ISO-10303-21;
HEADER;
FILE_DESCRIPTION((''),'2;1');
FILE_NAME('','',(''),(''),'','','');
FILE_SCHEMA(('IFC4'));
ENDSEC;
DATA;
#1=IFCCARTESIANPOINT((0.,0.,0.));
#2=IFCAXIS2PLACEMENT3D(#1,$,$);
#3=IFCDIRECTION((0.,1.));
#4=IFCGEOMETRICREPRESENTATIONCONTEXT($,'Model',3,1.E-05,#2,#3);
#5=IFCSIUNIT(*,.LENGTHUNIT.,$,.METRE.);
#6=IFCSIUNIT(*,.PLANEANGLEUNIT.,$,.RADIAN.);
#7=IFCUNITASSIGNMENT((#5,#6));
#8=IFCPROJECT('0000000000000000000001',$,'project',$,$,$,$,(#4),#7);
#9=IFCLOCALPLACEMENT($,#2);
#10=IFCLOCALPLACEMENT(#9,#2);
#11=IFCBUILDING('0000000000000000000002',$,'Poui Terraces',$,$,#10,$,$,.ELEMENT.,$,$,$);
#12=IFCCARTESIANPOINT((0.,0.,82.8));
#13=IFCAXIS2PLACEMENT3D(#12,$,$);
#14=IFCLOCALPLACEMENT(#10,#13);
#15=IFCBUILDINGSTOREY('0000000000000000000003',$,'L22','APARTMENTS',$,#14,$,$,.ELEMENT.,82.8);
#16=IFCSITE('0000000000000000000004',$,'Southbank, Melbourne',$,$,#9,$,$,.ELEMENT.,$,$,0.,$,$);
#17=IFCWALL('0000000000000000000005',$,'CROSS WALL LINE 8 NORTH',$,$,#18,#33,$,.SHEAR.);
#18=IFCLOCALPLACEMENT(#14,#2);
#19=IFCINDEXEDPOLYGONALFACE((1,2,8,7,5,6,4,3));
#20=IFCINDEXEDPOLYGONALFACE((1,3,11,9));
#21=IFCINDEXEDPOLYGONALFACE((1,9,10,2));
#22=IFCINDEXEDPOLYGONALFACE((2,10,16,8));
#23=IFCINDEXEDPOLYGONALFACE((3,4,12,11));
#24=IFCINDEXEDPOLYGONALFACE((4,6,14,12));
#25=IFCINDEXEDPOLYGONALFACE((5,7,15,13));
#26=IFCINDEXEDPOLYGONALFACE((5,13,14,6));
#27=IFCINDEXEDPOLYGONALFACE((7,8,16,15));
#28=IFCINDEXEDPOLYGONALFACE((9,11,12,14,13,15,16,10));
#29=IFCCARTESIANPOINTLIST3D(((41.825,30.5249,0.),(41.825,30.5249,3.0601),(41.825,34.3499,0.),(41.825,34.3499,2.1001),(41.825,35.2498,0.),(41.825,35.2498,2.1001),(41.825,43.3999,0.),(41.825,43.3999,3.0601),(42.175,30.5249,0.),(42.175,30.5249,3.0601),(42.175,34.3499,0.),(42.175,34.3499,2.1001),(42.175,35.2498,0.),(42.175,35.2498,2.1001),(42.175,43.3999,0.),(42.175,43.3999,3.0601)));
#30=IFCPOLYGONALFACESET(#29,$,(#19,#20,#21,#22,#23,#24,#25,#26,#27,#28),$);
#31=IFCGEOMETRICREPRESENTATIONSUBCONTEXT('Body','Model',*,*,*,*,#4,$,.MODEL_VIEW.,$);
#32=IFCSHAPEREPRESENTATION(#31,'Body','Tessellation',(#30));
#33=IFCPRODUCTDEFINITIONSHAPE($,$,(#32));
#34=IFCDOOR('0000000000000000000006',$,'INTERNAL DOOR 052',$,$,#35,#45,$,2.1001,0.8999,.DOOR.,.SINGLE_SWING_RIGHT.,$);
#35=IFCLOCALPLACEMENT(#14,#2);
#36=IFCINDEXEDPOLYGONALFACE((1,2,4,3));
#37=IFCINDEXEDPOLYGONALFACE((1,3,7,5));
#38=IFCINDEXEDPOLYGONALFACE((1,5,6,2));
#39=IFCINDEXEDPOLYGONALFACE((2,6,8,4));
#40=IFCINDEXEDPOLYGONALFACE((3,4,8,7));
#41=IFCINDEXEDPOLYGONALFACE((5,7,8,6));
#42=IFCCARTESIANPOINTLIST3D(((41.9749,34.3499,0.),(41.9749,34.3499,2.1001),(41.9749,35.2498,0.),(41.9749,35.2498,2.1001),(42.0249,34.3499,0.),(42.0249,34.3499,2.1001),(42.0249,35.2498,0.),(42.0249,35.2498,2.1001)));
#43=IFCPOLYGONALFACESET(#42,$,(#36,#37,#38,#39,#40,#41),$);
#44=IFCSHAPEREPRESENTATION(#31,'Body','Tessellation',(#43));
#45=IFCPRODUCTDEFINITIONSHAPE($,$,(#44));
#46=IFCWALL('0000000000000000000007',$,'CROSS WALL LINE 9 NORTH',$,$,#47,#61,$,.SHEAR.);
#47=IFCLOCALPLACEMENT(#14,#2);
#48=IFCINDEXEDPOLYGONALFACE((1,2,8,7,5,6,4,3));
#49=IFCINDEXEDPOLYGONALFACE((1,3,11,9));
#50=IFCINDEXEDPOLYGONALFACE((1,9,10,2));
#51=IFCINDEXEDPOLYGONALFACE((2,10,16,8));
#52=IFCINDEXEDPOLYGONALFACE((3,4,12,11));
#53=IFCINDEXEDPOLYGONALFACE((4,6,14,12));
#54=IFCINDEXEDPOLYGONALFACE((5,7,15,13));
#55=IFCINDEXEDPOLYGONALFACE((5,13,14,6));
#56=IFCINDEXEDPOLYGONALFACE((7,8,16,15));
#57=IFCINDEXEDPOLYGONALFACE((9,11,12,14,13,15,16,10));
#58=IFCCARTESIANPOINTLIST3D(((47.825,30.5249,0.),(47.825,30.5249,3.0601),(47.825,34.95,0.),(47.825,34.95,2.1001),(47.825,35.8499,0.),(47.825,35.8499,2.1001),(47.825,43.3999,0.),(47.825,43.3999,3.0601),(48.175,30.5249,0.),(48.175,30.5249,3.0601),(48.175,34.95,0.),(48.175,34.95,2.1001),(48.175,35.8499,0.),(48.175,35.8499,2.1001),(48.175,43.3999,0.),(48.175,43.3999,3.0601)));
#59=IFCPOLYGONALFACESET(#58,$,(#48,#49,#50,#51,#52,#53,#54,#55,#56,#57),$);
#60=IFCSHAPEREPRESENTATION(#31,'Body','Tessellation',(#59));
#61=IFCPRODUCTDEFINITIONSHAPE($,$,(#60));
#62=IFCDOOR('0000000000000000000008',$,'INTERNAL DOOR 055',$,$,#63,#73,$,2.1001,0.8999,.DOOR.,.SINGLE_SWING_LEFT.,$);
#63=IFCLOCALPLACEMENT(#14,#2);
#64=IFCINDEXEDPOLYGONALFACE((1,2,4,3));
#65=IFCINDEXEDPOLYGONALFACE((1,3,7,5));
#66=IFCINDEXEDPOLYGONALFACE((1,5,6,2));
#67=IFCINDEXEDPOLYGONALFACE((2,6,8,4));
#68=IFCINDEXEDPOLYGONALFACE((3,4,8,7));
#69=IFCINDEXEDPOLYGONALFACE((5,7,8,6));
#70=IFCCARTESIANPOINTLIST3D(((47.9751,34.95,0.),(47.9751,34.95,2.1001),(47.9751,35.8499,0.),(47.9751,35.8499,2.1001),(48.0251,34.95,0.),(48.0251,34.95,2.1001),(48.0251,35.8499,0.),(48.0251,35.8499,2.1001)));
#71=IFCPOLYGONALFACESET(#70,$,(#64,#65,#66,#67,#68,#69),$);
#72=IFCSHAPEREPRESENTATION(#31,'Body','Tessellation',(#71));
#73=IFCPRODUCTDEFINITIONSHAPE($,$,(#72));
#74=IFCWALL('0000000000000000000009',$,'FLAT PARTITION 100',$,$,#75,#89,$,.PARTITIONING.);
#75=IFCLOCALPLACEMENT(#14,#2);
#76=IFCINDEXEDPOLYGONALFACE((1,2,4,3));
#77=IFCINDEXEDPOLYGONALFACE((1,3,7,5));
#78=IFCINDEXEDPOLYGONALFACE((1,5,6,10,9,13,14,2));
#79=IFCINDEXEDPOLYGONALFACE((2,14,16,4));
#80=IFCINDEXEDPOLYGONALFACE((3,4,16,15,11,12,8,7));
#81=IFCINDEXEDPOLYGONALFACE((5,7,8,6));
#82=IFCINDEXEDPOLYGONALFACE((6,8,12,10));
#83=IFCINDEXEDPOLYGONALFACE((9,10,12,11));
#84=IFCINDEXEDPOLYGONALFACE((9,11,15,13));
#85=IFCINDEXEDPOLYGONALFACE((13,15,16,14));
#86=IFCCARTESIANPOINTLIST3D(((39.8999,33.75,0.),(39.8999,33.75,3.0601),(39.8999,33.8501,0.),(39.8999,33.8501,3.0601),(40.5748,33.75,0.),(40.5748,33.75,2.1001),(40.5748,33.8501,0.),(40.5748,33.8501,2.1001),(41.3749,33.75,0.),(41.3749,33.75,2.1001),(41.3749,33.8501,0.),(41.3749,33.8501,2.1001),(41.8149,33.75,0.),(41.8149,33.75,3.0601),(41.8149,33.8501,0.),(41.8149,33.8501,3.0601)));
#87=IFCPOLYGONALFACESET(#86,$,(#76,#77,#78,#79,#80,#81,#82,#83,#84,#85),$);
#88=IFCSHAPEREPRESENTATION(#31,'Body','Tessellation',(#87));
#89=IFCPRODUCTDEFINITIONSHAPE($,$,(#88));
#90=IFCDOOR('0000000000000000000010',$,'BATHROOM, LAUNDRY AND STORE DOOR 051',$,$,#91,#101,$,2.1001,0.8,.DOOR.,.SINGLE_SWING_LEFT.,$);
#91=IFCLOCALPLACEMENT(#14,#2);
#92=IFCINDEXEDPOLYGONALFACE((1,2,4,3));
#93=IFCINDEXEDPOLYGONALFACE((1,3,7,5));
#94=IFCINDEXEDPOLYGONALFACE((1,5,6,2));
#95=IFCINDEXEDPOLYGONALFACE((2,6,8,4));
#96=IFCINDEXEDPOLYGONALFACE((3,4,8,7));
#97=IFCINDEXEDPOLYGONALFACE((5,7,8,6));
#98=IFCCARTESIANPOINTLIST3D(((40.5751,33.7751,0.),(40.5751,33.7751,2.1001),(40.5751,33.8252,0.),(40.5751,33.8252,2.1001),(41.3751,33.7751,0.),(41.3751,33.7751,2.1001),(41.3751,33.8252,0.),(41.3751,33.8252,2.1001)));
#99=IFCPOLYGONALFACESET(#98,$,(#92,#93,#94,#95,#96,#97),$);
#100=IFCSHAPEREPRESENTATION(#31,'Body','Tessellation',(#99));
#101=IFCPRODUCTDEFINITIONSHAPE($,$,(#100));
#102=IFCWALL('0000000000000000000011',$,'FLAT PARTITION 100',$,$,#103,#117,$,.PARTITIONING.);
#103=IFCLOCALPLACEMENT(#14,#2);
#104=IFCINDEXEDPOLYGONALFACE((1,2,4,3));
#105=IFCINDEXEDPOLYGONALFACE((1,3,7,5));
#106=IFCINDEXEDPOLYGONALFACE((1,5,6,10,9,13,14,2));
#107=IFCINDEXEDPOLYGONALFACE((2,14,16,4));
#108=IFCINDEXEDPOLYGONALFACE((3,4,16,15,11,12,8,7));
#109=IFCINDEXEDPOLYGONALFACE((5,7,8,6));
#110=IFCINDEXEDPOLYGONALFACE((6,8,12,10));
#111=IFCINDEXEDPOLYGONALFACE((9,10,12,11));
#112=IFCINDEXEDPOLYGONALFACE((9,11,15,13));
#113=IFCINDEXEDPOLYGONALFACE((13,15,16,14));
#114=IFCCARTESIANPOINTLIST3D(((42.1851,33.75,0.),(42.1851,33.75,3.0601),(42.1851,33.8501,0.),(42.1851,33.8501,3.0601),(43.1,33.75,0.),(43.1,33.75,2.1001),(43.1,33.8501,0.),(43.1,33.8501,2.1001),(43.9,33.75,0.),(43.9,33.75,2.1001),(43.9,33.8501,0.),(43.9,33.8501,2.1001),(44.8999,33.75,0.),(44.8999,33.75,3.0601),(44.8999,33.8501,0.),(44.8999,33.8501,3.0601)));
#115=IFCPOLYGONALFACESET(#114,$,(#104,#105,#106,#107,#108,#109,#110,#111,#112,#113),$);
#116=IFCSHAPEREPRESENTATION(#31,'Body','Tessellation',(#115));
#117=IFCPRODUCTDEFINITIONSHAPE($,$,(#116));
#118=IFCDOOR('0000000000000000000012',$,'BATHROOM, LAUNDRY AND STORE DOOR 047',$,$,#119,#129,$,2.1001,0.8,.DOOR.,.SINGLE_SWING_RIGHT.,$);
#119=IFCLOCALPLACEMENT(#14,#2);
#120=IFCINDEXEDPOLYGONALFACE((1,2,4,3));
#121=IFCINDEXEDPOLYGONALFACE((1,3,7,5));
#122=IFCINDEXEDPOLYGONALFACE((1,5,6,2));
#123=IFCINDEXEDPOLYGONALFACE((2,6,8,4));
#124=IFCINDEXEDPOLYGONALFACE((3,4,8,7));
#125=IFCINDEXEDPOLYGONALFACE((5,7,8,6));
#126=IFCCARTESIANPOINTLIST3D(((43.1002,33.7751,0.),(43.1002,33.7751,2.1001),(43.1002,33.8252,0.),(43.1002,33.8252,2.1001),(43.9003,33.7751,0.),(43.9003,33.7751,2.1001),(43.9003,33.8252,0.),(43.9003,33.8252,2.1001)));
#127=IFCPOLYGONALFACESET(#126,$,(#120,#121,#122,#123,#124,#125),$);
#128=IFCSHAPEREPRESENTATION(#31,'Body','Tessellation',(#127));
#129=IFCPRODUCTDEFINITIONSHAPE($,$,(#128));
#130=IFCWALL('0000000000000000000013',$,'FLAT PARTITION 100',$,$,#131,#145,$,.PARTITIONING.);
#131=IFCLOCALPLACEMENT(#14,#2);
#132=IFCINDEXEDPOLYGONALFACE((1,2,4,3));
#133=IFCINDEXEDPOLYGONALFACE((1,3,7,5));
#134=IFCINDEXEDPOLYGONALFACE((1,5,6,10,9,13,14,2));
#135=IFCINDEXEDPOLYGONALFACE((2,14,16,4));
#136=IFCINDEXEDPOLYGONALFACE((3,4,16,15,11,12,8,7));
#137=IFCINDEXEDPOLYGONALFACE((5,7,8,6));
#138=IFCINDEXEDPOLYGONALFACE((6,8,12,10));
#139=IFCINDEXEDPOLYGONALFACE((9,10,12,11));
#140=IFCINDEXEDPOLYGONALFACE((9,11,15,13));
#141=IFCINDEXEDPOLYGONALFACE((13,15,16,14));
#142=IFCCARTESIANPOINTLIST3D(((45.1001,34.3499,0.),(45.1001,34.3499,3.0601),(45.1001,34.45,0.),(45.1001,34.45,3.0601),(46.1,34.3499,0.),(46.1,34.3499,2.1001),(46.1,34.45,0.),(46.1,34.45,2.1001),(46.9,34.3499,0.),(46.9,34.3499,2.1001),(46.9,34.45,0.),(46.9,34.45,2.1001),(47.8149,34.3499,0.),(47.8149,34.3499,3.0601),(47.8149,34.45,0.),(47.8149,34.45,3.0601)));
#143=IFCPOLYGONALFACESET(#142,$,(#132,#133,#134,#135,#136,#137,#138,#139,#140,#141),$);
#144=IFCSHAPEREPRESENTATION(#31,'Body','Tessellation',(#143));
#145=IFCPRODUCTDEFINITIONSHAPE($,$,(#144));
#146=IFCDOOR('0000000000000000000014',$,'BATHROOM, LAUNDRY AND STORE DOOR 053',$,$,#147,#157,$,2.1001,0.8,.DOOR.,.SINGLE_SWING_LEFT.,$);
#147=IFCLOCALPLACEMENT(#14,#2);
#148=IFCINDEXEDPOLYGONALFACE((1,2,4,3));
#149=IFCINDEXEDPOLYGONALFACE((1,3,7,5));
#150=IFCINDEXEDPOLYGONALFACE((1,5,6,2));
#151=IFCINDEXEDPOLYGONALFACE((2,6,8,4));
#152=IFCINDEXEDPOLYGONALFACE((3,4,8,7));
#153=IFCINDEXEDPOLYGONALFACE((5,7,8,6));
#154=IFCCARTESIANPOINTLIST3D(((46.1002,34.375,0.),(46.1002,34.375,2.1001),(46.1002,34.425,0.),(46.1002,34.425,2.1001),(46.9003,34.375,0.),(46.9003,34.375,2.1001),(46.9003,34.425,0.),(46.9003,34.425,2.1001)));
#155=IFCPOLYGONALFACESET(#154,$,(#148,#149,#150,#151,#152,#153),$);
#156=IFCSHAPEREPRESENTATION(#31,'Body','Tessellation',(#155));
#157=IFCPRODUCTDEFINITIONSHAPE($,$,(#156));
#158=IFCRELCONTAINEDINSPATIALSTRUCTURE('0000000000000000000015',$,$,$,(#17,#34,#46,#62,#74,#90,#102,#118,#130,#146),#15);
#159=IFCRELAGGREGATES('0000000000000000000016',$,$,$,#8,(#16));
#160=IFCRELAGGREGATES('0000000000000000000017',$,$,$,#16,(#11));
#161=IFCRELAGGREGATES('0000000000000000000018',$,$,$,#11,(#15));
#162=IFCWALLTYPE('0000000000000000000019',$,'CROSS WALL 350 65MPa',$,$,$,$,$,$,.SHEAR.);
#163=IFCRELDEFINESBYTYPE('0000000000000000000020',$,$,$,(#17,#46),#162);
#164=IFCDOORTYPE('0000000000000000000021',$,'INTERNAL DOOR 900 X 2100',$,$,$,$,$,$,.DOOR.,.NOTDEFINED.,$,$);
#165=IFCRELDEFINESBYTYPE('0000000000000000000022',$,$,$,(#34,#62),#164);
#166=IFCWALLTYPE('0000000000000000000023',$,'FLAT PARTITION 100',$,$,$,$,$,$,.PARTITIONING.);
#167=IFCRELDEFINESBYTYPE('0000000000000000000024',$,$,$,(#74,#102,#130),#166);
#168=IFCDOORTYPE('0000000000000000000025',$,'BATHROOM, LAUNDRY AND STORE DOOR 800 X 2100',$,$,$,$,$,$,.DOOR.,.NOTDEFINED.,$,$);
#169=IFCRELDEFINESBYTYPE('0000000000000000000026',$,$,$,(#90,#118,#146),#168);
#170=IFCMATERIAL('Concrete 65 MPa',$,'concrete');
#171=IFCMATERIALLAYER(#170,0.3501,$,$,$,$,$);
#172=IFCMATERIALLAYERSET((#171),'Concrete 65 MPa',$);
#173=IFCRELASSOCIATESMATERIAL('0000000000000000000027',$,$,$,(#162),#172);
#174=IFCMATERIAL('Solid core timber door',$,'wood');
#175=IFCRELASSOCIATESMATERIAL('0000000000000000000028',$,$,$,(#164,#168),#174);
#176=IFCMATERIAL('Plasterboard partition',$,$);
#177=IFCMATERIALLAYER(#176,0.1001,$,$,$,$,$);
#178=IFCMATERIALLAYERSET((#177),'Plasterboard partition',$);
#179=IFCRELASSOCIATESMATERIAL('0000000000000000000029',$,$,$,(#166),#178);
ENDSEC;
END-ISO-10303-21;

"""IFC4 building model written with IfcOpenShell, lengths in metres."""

from ifc_helpers import new_model, si_unit, direction, frame, frame_2d, origin, place, context, subcontext, project, spatial, rectangle, extrude, material, layer, layer_set, type_object, element, fill, save


model = new_model("IFC4")

# Units and contexts
model_context = context("Model", 3, precision=1e-05, world=origin(), true_north=direction((0.0, 1.0)))
body_context = subcontext(model_context, "Body", "Model", "MODEL_VIEW")
ifc_project = project(units=[si_unit("LENGTHUNIT", "METRE"), si_unit("PLANEANGLEUNIT", "RADIAN")], contexts=[model_context])

# Site, building, storey
site_placement = place(None, origin())
site = spatial("IfcSite", under=ifc_project, at=site_placement, Name="Southbank, Melbourne", CompositionType="ELEMENT", RefElevation=0.0)
building_placement = place(site_placement, origin())
building = spatial("IfcBuilding", under=site, at=building_placement, Name="Poui Terraces", CompositionType="ELEMENT")
storey_placement = place(building_placement, frame((0.0, 0.0, 82.8)))
storey = spatial("IfcBuildingStorey", under=building, at=storey_placement, Name="L22", Description="APARTMENTS", CompositionType="ELEMENT", Elevation=82.8)

# Walls, openings, doors
ifc_material_1 = material(Name="Concrete 65 MPa", Category="concrete")
ifc_layer_1 = layer(ifc_material_1, 0.3501)
ifc_layer_set_1 = layer_set([ifc_layer_1], Name="Concrete 65 MPa")
wall_type_1 = type_object("IfcWallType", Name="CROSS WALL 350 65MPa", PredefinedType="SHEAR", material=ifc_layer_set_1)
wall_1_placement = place(storey_placement, frame((42.0, 30.5249, 0.0), z_axis=(0.0, 0.0, 1.0), x_axis=(0.0, 1.0, 0.0)))
wall_1 = element("IfcWall", 1, at=wall_1_placement, inside=storey, type_object=wall_type_1, Name="CROSS WALL LINE 8 NORTH", PredefinedType="SHEAR", context=body_context, shape_type="SweptSolid", body=[
    extrude(rectangle(XDim=12.875, YDim=0.3501, at=frame_2d((6.4375, 0.0))), origin(), (0.0, 0.0, 1.0), 3.0601),
])
opening_1_placement = place(wall_1_placement, frame((3.825, 0.0, 0.0)))
opening_1 = element("IfcOpeningElement", 2, at=opening_1_placement, cuts=wall_1, PredefinedType="OPENING", context=body_context, shape_type="SweptSolid", body=[
    extrude(rectangle(XDim=0.8999, YDim=2.1001, at=frame_2d((0.45, 1.05))), frame((0.0, 0.1851, 0.0), z_axis=(0.0, -1.0, 0.0), x_axis=(1.0, 0.0, 0.0)), (0.0, 0.0, 1.0), 0.3701),
])
ifc_material_2 = material(Name="Solid core timber door", Category="wood")
door_type_1 = type_object("IfcDoorType", Name="INTERNAL DOOR 900 X 2100", OperationType="NOTDEFINED", PredefinedType="DOOR", material=ifc_material_2)
door_1_placement = place(opening_1_placement, frame((0.8999, 0.0, 0.0), z_axis=(0.0, 0.0, 1.0), x_axis=(-1.0, 0.0, 0.0)))
door_1 = element("IfcDoor", 3, at=door_1_placement, inside=storey, type_object=door_type_1, Name="INTERNAL DOOR 052", OperationType="SINGLE_SWING_RIGHT", OverallHeight=2.1001, OverallWidth=0.8999, PredefinedType="DOOR", context=body_context, shape_type="SweptSolid", body=[
    extrude(rectangle(XDim=0.8999, YDim=2.1001, at=frame_2d((0.45, 1.05))), frame((0.0, 0.0249, 0.0), z_axis=(0.0, -1.0, 0.0), x_axis=(1.0, 0.0, 0.0)), (0.0, 0.0, 1.0), 0.05),
])
fill(opening_1, door_1)
wall_2_placement = place(storey_placement, frame((48.0, 30.5249, 0.0), z_axis=(0.0, 0.0, 1.0), x_axis=(0.0, 1.0, 0.0)))
wall_2 = element("IfcWall", 4, at=wall_2_placement, inside=storey, type_object=wall_type_1, Name="CROSS WALL LINE 9 NORTH", PredefinedType="SHEAR", context=body_context, shape_type="SweptSolid", body=[
    extrude(rectangle(XDim=12.875, YDim=0.3501, at=frame_2d((6.4375, 0.0))), origin(), (0.0, 0.0, 1.0), 3.0601),
])
opening_2_placement = place(wall_2_placement, frame((4.425, 0.0, 0.0)))
opening_2 = element("IfcOpeningElement", 5, at=opening_2_placement, cuts=wall_2, PredefinedType="OPENING", context=body_context, shape_type="SweptSolid", body=[
    extrude(rectangle(XDim=0.8999, YDim=2.1001, at=frame_2d((0.45, 1.05))), frame((0.0, 0.1851, 0.0), z_axis=(0.0, -1.0, 0.0), x_axis=(1.0, 0.0, 0.0)), (0.0, 0.0, 1.0), 0.3701),
])
door_2_placement = place(opening_2_placement, origin())
door_2 = element("IfcDoor", 6, at=door_2_placement, inside=storey, type_object=door_type_1, Name="INTERNAL DOOR 055", OperationType="SINGLE_SWING_LEFT", OverallHeight=2.1001, OverallWidth=0.8999, PredefinedType="DOOR", context=body_context, shape_type="SweptSolid", body=[
    extrude(rectangle(XDim=0.8999, YDim=2.1001, at=frame_2d((0.45, 1.05))), frame((0.0, 0.0249, 0.0), z_axis=(0.0, -1.0, 0.0), x_axis=(1.0, 0.0, 0.0)), (0.0, 0.0, 1.0), 0.05),
])
fill(opening_2, door_2)
ifc_material_3 = material(Name="Plasterboard partition")
ifc_layer_2 = layer(ifc_material_3, 0.1001)
ifc_layer_set_2 = layer_set([ifc_layer_2], Name="Plasterboard partition")
wall_type_2 = type_object("IfcWallType", Name="FLAT PARTITION 100", PredefinedType="PARTITIONING", material=ifc_layer_set_2)
wall_3_placement = place(storey_placement, frame((39.8999, 33.8, 0.0), z_axis=(0.0, 0.0, 1.0), x_axis=(1.0, 0.0, 0.0)))
wall_3 = element("IfcWall", 7, at=wall_3_placement, inside=storey, type_object=wall_type_2, Name="FLAT PARTITION 100", PredefinedType="PARTITIONING", context=body_context, shape_type="SweptSolid", body=[
    extrude(rectangle(XDim=1.915, YDim=0.1001, at=frame_2d((0.9575, 0.0))), origin(), (0.0, 0.0, 1.0), 3.0601),
])
opening_3_placement = place(wall_3_placement, frame((0.675, 0.0, 0.0)))
opening_3 = element("IfcOpeningElement", 8, at=opening_3_placement, cuts=wall_3, PredefinedType="OPENING", context=body_context, shape_type="SweptSolid", body=[
    extrude(rectangle(XDim=0.8, YDim=2.1001, at=frame_2d((0.3999, 1.05))), frame((0.0, 0.0601, 0.0), z_axis=(0.0, -1.0, 0.0), x_axis=(1.0, 0.0, 0.0)), (0.0, 0.0, 1.0), 0.1201),
])
door_type_2 = type_object("IfcDoorType", Name="BATHROOM, LAUNDRY AND STORE DOOR 800 X 2100", OperationType="NOTDEFINED", PredefinedType="DOOR", material=ifc_material_2)
door_3_placement = place(opening_3_placement, frame((0.8, 0.0, 0.0), z_axis=(0.0, 0.0, 1.0), x_axis=(-1.0, 0.0, 0.0)))
door_3 = element("IfcDoor", 9, at=door_3_placement, inside=storey, type_object=door_type_2, Name="BATHROOM, LAUNDRY AND STORE DOOR 051", OperationType="SINGLE_SWING_LEFT", OverallHeight=2.1001, OverallWidth=0.8, PredefinedType="DOOR", context=body_context, shape_type="SweptSolid", body=[
    extrude(rectangle(XDim=0.8, YDim=2.1001, at=frame_2d((0.3999, 1.05))), frame((0.0, 0.0249, 0.0), z_axis=(0.0, -1.0, 0.0), x_axis=(1.0, 0.0, 0.0)), (0.0, 0.0, 1.0), 0.05),
])
fill(opening_3, door_3)
wall_4_placement = place(storey_placement, frame((42.1851, 33.8, 0.0), z_axis=(0.0, 0.0, 1.0), x_axis=(1.0, 0.0, 0.0)))
wall_4 = element("IfcWall", 10, at=wall_4_placement, inside=storey, type_object=wall_type_2, Name="FLAT PARTITION 100", PredefinedType="PARTITIONING", context=body_context, shape_type="SweptSolid", body=[
    extrude(rectangle(XDim=2.7148, YDim=0.1001, at=frame_2d((1.3574, 0.0))), origin(), (0.0, 0.0, 1.0), 3.0601),
])
opening_4_placement = place(wall_4_placement, frame((0.915, 0.0, 0.0)))
opening_4 = element("IfcOpeningElement", 11, at=opening_4_placement, cuts=wall_4, PredefinedType="OPENING", context=body_context, shape_type="SweptSolid", body=[
    extrude(rectangle(XDim=0.8, YDim=2.1001, at=frame_2d((0.3999, 1.05))), frame((0.0, 0.0601, 0.0), z_axis=(0.0, -1.0, 0.0), x_axis=(1.0, 0.0, 0.0)), (0.0, 0.0, 1.0), 0.1201),
])
door_4_placement = place(opening_4_placement, frame((0.8, 0.0, 0.0), z_axis=(0.0, 0.0, 1.0), x_axis=(-1.0, 0.0, 0.0)))
door_4 = element("IfcDoor", 12, at=door_4_placement, inside=storey, type_object=door_type_2, Name="BATHROOM, LAUNDRY AND STORE DOOR 047", OperationType="SINGLE_SWING_RIGHT", OverallHeight=2.1001, OverallWidth=0.8, PredefinedType="DOOR", context=body_context, shape_type="SweptSolid", body=[
    extrude(rectangle(XDim=0.8, YDim=2.1001, at=frame_2d((0.3999, 1.05))), frame((0.0, 0.0249, 0.0), z_axis=(0.0, -1.0, 0.0), x_axis=(1.0, 0.0, 0.0)), (0.0, 0.0, 1.0), 0.05),
])
fill(opening_4, door_4)
wall_5_placement = place(storey_placement, frame((45.1001, 34.3999, 0.0), z_axis=(0.0, 0.0, 1.0), x_axis=(1.0, 0.0, 0.0)))
wall_5 = element("IfcWall", 13, at=wall_5_placement, inside=storey, type_object=wall_type_2, Name="FLAT PARTITION 100", PredefinedType="PARTITIONING", context=body_context, shape_type="SweptSolid", body=[
    extrude(rectangle(XDim=2.7148, YDim=0.1001, at=frame_2d((1.3574, 0.0))), origin(), (0.0, 0.0, 1.0), 3.0601),
])
opening_5_placement = place(wall_5_placement, frame((1.0, 0.0, 0.0)))
opening_5 = element("IfcOpeningElement", 14, at=opening_5_placement, cuts=wall_5, PredefinedType="OPENING", context=body_context, shape_type="SweptSolid", body=[
    extrude(rectangle(XDim=0.8, YDim=2.1001, at=frame_2d((0.3999, 1.05))), frame((0.0, 0.0601, 0.0), z_axis=(0.0, -1.0, 0.0), x_axis=(1.0, 0.0, 0.0)), (0.0, 0.0, 1.0), 0.1201),
])
door_5_placement = place(opening_5_placement, frame((0.8, 0.0, 0.0), z_axis=(0.0, 0.0, 1.0), x_axis=(-1.0, 0.0, 0.0)))
door_5 = element("IfcDoor", 15, at=door_5_placement, inside=storey, type_object=door_type_2, Name="BATHROOM, LAUNDRY AND STORE DOOR 053", OperationType="SINGLE_SWING_LEFT", OverallHeight=2.1001, OverallWidth=0.8, PredefinedType="DOOR", context=body_context, shape_type="SweptSolid", body=[
    extrude(rectangle(XDim=0.8, YDim=2.1001, at=frame_2d((0.3999, 1.05))), frame((0.0, 0.0249, 0.0), z_axis=(0.0, -1.0, 0.0), x_axis=(1.0, 0.0, 0.0)), (0.0, 0.0, 1.0), 0.05),
])
fill(opening_5, door_5)

save(model, "model.ifc")
